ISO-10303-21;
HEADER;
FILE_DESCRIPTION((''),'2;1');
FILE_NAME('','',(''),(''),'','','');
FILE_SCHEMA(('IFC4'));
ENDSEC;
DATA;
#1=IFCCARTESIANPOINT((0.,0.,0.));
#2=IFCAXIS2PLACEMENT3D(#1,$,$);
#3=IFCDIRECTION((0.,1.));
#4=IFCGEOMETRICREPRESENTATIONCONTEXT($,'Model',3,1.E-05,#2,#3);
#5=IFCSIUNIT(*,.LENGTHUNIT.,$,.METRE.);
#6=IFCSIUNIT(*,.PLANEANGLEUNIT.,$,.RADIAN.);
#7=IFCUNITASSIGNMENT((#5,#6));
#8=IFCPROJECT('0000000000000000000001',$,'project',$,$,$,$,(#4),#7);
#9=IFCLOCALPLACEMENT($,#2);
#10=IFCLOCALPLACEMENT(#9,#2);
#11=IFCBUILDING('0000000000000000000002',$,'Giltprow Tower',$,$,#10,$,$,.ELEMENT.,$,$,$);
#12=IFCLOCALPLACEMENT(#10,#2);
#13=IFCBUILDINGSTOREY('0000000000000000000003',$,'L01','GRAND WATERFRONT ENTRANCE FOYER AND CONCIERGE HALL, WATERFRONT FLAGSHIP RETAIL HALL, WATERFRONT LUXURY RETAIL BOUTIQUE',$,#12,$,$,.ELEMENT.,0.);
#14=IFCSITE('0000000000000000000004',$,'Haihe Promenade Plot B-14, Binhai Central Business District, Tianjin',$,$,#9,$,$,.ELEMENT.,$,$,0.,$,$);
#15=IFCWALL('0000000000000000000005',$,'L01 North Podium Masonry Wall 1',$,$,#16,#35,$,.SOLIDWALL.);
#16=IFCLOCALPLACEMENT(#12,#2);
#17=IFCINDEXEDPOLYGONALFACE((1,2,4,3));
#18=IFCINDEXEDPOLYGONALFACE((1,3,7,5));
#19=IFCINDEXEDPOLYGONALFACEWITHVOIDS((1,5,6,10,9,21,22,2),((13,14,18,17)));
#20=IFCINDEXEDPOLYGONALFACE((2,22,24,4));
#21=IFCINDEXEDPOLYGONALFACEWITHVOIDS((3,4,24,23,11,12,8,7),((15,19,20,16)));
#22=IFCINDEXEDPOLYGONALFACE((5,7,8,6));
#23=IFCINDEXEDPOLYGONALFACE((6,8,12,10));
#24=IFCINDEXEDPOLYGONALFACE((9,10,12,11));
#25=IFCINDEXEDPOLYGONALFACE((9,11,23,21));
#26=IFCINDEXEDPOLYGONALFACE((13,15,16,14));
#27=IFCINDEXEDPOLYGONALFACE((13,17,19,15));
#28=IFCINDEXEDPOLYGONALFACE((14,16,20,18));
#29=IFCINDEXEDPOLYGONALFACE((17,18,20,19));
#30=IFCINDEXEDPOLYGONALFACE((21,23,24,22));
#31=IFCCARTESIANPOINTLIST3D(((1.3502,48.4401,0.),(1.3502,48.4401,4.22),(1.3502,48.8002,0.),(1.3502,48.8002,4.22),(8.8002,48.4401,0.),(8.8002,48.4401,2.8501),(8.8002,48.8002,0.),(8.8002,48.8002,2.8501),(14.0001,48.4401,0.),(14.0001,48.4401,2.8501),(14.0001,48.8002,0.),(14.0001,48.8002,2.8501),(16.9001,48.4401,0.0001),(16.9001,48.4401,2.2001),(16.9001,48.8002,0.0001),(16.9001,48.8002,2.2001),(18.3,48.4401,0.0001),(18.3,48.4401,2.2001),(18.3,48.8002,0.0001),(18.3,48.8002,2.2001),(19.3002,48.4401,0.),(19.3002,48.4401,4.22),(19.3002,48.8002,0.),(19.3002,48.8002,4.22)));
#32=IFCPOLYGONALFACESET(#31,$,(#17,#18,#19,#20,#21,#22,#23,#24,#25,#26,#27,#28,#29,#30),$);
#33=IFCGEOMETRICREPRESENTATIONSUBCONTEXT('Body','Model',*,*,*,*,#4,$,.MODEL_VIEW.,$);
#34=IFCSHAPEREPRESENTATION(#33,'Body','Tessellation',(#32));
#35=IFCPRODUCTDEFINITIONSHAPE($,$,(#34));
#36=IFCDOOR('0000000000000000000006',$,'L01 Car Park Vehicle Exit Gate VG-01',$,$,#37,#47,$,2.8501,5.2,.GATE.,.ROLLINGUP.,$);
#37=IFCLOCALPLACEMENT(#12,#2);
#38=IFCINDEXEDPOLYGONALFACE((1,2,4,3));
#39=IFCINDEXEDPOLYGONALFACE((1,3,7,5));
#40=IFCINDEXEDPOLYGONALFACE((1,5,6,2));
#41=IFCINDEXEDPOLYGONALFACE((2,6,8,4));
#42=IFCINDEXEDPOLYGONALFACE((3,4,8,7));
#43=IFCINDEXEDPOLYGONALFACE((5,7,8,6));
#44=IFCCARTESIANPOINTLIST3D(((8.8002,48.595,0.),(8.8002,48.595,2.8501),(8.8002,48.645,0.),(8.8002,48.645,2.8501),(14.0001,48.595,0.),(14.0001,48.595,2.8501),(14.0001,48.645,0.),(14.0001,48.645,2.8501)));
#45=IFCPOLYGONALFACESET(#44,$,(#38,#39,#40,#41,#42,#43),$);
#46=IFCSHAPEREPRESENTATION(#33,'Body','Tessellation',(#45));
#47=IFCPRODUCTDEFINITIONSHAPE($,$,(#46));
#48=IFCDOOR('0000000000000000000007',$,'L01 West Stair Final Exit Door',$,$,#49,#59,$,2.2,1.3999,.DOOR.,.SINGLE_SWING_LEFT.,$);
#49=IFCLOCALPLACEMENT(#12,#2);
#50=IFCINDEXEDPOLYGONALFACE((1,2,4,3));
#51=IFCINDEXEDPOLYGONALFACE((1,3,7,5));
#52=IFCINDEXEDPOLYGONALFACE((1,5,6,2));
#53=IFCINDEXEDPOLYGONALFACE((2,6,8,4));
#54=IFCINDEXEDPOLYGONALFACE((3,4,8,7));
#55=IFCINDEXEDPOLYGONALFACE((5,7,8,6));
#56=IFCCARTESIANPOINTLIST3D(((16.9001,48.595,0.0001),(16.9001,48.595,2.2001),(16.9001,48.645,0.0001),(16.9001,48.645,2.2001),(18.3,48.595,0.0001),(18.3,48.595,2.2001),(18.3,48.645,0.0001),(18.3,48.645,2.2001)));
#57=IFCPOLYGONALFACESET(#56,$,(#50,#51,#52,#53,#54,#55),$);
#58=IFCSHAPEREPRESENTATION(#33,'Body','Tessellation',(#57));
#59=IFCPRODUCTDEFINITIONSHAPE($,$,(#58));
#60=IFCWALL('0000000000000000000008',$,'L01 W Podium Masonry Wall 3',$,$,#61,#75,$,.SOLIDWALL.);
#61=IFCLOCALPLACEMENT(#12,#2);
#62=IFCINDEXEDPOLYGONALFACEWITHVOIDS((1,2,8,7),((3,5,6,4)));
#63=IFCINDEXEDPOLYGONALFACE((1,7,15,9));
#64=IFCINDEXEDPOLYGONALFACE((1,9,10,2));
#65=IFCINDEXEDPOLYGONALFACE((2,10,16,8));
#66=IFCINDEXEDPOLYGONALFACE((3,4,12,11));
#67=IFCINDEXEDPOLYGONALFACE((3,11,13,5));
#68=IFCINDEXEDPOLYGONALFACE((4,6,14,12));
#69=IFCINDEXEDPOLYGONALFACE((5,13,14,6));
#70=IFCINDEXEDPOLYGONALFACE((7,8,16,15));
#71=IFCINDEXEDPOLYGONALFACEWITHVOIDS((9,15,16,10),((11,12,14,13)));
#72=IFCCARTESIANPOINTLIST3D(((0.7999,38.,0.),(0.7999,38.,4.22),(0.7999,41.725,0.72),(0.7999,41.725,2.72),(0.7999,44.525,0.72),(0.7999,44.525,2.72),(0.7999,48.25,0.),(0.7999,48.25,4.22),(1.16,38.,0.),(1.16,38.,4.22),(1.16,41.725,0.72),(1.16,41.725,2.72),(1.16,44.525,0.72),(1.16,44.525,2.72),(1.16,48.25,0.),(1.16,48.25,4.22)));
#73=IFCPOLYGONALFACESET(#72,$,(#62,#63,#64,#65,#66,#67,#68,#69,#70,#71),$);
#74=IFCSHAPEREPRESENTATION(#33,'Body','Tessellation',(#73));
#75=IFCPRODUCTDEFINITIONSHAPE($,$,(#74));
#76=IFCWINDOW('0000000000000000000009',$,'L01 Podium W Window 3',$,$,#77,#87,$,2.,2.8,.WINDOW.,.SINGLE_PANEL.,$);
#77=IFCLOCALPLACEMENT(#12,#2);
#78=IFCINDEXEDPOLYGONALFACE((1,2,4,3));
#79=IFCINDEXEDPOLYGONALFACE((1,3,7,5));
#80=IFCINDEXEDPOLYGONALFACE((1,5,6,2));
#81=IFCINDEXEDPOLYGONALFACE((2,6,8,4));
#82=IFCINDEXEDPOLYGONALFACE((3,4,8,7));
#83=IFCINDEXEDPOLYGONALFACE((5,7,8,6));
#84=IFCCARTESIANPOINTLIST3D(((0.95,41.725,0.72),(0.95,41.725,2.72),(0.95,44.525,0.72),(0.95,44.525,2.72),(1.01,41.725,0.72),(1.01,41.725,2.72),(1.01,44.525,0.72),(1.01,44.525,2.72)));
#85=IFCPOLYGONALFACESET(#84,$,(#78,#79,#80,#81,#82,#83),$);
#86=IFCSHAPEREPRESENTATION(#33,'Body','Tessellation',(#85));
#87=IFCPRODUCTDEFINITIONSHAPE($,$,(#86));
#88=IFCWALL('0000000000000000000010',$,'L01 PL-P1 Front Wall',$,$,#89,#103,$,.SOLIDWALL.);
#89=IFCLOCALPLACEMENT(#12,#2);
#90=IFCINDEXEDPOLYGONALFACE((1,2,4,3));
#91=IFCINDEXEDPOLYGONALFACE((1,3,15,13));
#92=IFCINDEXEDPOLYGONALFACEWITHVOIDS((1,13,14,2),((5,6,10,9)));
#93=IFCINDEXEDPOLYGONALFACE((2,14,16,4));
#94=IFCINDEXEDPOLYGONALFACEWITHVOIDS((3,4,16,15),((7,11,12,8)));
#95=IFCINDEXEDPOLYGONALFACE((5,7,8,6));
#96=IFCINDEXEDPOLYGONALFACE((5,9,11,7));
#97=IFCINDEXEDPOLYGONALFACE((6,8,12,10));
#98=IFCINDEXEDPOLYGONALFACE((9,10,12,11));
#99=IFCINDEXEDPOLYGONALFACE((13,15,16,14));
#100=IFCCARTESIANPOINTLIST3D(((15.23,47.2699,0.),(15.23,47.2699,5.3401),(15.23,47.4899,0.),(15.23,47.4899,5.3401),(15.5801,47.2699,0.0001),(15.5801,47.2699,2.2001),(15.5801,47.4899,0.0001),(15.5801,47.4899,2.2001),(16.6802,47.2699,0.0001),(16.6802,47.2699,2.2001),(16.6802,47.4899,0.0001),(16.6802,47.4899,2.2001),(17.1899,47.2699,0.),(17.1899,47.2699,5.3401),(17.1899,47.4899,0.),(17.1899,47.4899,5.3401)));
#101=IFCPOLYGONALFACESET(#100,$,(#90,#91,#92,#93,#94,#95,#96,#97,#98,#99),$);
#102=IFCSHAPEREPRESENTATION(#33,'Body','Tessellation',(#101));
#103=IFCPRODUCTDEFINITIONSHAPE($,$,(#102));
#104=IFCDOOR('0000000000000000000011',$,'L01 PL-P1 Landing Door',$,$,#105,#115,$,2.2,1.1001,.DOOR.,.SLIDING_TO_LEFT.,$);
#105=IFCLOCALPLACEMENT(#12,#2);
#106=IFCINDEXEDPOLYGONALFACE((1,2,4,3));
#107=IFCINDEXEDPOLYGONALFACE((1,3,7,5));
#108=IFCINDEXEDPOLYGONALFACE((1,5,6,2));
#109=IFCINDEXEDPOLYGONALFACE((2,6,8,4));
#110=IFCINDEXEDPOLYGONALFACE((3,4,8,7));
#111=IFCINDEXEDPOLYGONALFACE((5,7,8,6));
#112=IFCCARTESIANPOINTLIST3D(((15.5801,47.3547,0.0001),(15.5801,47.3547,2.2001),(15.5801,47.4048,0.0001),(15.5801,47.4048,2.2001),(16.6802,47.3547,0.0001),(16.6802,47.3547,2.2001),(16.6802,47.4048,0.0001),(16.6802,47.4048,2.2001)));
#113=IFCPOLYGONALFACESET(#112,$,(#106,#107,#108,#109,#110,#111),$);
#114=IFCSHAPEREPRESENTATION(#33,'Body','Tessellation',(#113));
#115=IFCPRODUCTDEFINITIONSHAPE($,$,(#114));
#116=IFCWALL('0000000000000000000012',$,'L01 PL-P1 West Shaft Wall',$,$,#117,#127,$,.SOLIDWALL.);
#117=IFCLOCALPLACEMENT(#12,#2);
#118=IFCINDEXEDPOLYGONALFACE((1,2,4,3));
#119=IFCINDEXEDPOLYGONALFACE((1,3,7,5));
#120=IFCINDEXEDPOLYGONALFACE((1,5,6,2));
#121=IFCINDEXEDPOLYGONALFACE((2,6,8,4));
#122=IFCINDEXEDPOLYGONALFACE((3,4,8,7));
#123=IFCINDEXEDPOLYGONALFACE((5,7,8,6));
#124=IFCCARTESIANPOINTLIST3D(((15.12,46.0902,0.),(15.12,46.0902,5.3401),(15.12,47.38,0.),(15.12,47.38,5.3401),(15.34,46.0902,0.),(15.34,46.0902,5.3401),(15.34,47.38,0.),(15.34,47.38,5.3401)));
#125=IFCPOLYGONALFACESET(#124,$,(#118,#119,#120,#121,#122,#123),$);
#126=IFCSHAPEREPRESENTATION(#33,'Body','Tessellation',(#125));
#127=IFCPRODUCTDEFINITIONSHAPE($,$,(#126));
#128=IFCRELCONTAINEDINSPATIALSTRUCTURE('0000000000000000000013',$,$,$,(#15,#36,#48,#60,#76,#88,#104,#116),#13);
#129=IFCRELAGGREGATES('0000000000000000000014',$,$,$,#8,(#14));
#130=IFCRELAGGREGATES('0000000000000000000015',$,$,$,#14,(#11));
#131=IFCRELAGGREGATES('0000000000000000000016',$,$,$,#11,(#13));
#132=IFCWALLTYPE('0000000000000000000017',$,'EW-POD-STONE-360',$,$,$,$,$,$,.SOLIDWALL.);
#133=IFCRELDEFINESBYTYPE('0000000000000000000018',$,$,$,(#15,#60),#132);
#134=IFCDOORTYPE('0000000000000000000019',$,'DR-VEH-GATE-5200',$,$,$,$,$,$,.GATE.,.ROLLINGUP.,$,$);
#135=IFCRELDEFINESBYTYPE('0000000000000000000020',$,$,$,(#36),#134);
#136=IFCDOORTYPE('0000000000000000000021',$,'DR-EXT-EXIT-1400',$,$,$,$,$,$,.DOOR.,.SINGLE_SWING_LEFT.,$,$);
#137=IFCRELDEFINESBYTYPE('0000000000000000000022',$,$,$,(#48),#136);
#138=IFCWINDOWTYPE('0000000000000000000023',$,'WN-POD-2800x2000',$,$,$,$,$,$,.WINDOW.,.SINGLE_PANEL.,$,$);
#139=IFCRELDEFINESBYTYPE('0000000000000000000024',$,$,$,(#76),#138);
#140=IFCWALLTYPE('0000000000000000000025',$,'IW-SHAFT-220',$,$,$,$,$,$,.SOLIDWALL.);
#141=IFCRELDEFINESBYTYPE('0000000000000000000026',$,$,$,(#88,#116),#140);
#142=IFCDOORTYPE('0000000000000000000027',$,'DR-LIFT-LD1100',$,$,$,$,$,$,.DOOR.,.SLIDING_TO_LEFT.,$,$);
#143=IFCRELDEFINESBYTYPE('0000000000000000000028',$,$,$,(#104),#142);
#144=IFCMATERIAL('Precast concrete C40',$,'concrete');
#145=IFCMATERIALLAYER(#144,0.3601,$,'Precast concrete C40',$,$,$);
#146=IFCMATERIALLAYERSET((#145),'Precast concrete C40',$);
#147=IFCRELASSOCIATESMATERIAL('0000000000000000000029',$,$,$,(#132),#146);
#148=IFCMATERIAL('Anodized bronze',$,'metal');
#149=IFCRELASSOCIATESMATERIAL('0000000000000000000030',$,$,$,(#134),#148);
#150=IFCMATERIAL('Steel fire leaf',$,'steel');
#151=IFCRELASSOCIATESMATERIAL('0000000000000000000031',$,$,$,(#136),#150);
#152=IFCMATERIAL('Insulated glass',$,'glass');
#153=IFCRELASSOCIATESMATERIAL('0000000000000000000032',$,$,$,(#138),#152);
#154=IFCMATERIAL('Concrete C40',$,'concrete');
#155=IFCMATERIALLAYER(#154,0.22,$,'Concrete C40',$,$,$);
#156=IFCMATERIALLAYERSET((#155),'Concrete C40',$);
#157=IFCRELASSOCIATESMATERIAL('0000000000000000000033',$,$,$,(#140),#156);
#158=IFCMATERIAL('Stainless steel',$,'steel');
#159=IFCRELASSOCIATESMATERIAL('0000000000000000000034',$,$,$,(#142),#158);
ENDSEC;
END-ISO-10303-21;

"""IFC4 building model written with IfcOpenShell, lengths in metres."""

from ifc_helpers import new_model, si_unit, direction, frame, frame_2d, origin, place, context, subcontext, project, spatial, rectangle, extrude, source, transform, mapped, material, layer, layer_set, type_object, element, fill, save


model = new_model("IFC4")

# Units and contexts
model_context = context("Model", 3, precision=1e-05, world=origin(), true_north=direction((0.0, 1.0)))
body_context = subcontext(model_context, "Body", "Model", "MODEL_VIEW")
ifc_project = project(units=[si_unit("LENGTHUNIT", "METRE"), si_unit("PLANEANGLEUNIT", "RADIAN")], contexts=[model_context])

# Site, building, storey
site_placement = place(None, origin())
site = spatial("IfcSite", under=ifc_project, at=site_placement, Name="Haihe Promenade Plot B-14, Binhai Central Business District, Tianjin", CompositionType="ELEMENT", RefElevation=0.0)
building_placement = place(site_placement, origin())
building = spatial("IfcBuilding", under=site, at=building_placement, Name="Giltprow Tower", CompositionType="ELEMENT")
storey_placement = place(building_placement, origin())
storey = spatial("IfcBuildingStorey", under=building, at=storey_placement, Name="L01", Description="GRAND WATERFRONT ENTRANCE FOYER AND CONCIERGE HALL, WATERFRONT FLAGSHIP RETAIL HALL, WATERFRONT LUXURY RETAIL BOUTIQUE", CompositionType="ELEMENT", Elevation=0.0)

# Wall, openings, doors
ifc_material_1 = material(Name="Precast concrete C40", Category="concrete")
ifc_layer_1 = layer(ifc_material_1, 0.3601, Name="Precast concrete C40")
ifc_layer_set_1 = layer_set([ifc_layer_1], Name="Precast concrete C40")
wall_type_1 = type_object("IfcWallType", Name="EW-POD-STONE-360", PredefinedType="SOLIDWALL", material=ifc_layer_set_1)
wall_1_placement = place(storey_placement, frame((1.3501, 48.6201, 0.0), z_axis=(0.0, 0.0, 1.0), x_axis=(1.0, 0.0, 0.0)))
wall_1 = element("IfcWall", 1, at=wall_1_placement, inside=storey, type_object=wall_type_1, Name="L01 North Podium Masonry Wall 1", PredefinedType="SOLIDWALL", context=body_context, shape_type="SweptSolid", body=[
    extrude(rectangle(XDim=17.95, YDim=0.3601, at=frame_2d((8.9751, 0.0))), origin(), (0.0, 0.0, 1.0), 4.22),
])
opening_1_placement = place(wall_1_placement, frame((7.45, 0.0, 0.0)))
opening_1 = element("IfcOpeningElement", 2, at=opening_1_placement, cuts=wall_1, PredefinedType="OPENING", context=body_context, shape_type="SweptSolid", body=[
    extrude(rectangle(XDim=5.2, YDim=2.8501, at=frame_2d((2.6001, 1.425))), frame((0.0, 0.1899, 0.0), z_axis=(0.0, -1.0, 0.0), x_axis=(1.0, 0.0, 0.0)), (0.0, 0.0, 1.0), 0.3801),
])
opening_2_placement = place(wall_1_placement, frame((15.55, 0.0, 0.0)))
opening_2 = element("IfcOpeningElement", 3, at=opening_2_placement, cuts=wall_1, PredefinedType="OPENING", context=body_context, shape_type="SweptSolid", body=[
    extrude(rectangle(XDim=1.3999, YDim=2.2, at=frame_2d((0.7, 1.1001))), frame((0.0, 0.1899, 0.0), z_axis=(0.0, -1.0, 0.0), x_axis=(1.0, 0.0, 0.0)), (0.0, 0.0, 1.0), 0.3801),
])
ifc_material_2 = material(Name="Anodized bronze", Category="metal")
door_type_1 = type_object("IfcDoorType", Name="DR-VEH-GATE-5200", OperationType="ROLLINGUP", PredefinedType="GATE", material=ifc_material_2)
shared_shape_1 = source(origin(), body_context, "Body", "SweptSolid", [
    extrude(rectangle(XDim=5.2, YDim=2.8501, at=frame_2d((2.6001, 1.425))), frame((0.0, 0.0249, 0.0), z_axis=(0.0, -1.0, 0.0), x_axis=(1.0, 0.0, 0.0)), (0.0, 0.0, 1.0), 0.05),
])
door_1_placement = place(opening_1_placement, origin())
door_1 = element("IfcDoor", 4, at=door_1_placement, inside=storey, type_object=door_type_1, Name="L01 Car Park Vehicle Exit Gate VG-01", OperationType="ROLLINGUP", OverallHeight=2.8501, OverallWidth=5.2, PredefinedType="GATE", context=body_context, shape_type="MappedRepresentation", body=[
    mapped(shared_shape_1, transform((0.0, 0.0, 0.0), x_axis=(1.0, 0.0, 0.0), y_axis=(0.0, 1.0, 0.0), z_axis=(0.0, 0.0, 1.0), scale=1.0)),
])
fill(opening_1, door_1)
ifc_material_3 = material(Name="Steel fire leaf", Category="steel")
door_type_2 = type_object("IfcDoorType", Name="DR-EXT-EXIT-1400", OperationType="SINGLE_SWING_LEFT", PredefinedType="DOOR", material=ifc_material_3)
shared_shape_2 = source(origin(), body_context, "Body", "SweptSolid", [
    extrude(rectangle(XDim=1.3999, YDim=2.2, at=frame_2d((0.7, 1.1001))), frame((0.0, 0.0249, 0.0), z_axis=(0.0, -1.0, 0.0), x_axis=(1.0, 0.0, 0.0)), (0.0, 0.0, 1.0), 0.05),
])
door_2_placement = place(opening_2_placement, origin())
door_2 = element("IfcDoor", 5, at=door_2_placement, inside=storey, type_object=door_type_2, Name="L01 West Stair Final Exit Door", OperationType="SINGLE_SWING_LEFT", OverallHeight=2.2, OverallWidth=1.3999, PredefinedType="DOOR", context=body_context, shape_type="MappedRepresentation", body=[
    mapped(shared_shape_2, transform((0.0, 0.0, 0.0), x_axis=(1.0, 0.0, 0.0), y_axis=(0.0, 1.0, 0.0), z_axis=(0.0, 0.0, 1.0), scale=1.0)),
])
fill(opening_2, door_2)

# Wall, opening, window
wall_2_placement = place(storey_placement, frame((0.98, 38.0, 0.0), z_axis=(0.0, 0.0, 1.0), x_axis=(0.0, 1.0, 0.0)))
wall_2 = element("IfcWall", 6, at=wall_2_placement, inside=storey, type_object=wall_type_1, Name="L01 W Podium Masonry Wall 3", PredefinedType="SOLIDWALL", context=body_context, shape_type="SweptSolid", body=[
    extrude(rectangle(XDim=10.25, YDim=0.3601, at=frame_2d((5.125, 0.0))), origin(), (0.0, 0.0, 1.0), 4.22),
])
opening_3_placement = place(wall_2_placement, frame((3.7251, 0.0, 0.72)))
opening_3 = element("IfcOpeningElement", 7, at=opening_3_placement, cuts=wall_2, PredefinedType="OPENING", context=body_context, shape_type="SweptSolid", body=[
    extrude(rectangle(XDim=2.8, YDim=2.0, at=frame_2d((1.3999, 1.0))), frame((0.0, 0.1899, 0.0), z_axis=(0.0, -1.0, 0.0), x_axis=(1.0, 0.0, 0.0)), (0.0, 0.0, 1.0), 0.3801),
])
ifc_material_4 = material(Name="Insulated glass", Category="glass")
window_type = type_object("IfcWindowType", Name="WN-POD-2800x2000", PartitioningType="SINGLE_PANEL", PredefinedType="WINDOW", material=ifc_material_4)
shared_shape_3 = source(origin(), body_context, "Body", "SweptSolid", [
    extrude(rectangle(XDim=2.8, YDim=2.0, at=frame_2d((1.3999, 1.0))), frame((0.0, 0.03, 0.0), z_axis=(0.0, -1.0, 0.0), x_axis=(1.0, 0.0, 0.0)), (0.0, 0.0, 1.0), 0.0601),
])
window_placement = place(opening_3_placement, origin())
window = element("IfcWindow", 8, at=window_placement, inside=storey, type_object=window_type, Name="L01 Podium W Window 3", OverallHeight=2.0, OverallWidth=2.8, PartitioningType="SINGLE_PANEL", PredefinedType="WINDOW", context=body_context, shape_type="MappedRepresentation", body=[
    mapped(shared_shape_3, transform((0.0, 0.0, 0.0), x_axis=(1.0, 0.0, 0.0), y_axis=(0.0, 1.0, 0.0), z_axis=(0.0, 0.0, 1.0), scale=1.0)),
])
fill(opening_3, window)

# Wall, opening, door
ifc_material_5 = material(Name="Concrete C40", Category="concrete")
ifc_layer_2 = layer(ifc_material_5, 0.22, Name="Concrete C40")
ifc_layer_set_2 = layer_set([ifc_layer_2], Name="Concrete C40")
wall_type_2 = type_object("IfcWallType", Name="IW-SHAFT-220", PredefinedType="SOLIDWALL", material=ifc_layer_set_2)
wall_3_placement = place(storey_placement, frame((15.23, 47.3799, 0.0), z_axis=(0.0, 0.0, 1.0), x_axis=(1.0, 0.0, 0.0)))
wall_3 = element("IfcWall", 9, at=wall_3_placement, inside=storey, type_object=wall_type_2, Name="L01 PL-P1 Front Wall", PredefinedType="SOLIDWALL", context=body_context, shape_type="SweptSolid", body=[
    extrude(rectangle(XDim=1.96, YDim=0.22, at=frame_2d((0.98, 0.0))), origin(), (0.0, 0.0, 1.0), 5.3401),
])
opening_4_placement = place(wall_3_placement, frame((0.3501, 0.0, 0.0)))
opening_4 = element("IfcOpeningElement", 10, at=opening_4_placement, cuts=wall_3, PredefinedType="OPENING", context=body_context, shape_type="SweptSolid", body=[
    extrude(rectangle(XDim=1.1001, YDim=2.2, at=frame_2d((0.55, 1.1001))), frame((0.0, 0.1199, 0.0), z_axis=(0.0, -1.0, 0.0), x_axis=(1.0, 0.0, 0.0)), (0.0, 0.0, 1.0), 0.24),
])
ifc_material_6 = material(Name="Stainless steel", Category="steel")
door_type_3 = type_object("IfcDoorType", Name="DR-LIFT-LD1100", OperationType="SLIDING_TO_LEFT", PredefinedType="DOOR", material=ifc_material_6)
shared_shape_4 = source(origin(), body_context, "Body", "SweptSolid", [
    extrude(rectangle(XDim=1.1001, YDim=2.2, at=frame_2d((0.55, 1.1001))), frame((0.0, 0.0249, 0.0), z_axis=(0.0, -1.0, 0.0), x_axis=(1.0, 0.0, 0.0)), (0.0, 0.0, 1.0), 0.05),
])
door_3_placement = place(opening_4_placement, origin())
door_3 = element("IfcDoor", 11, at=door_3_placement, inside=storey, type_object=door_type_3, Name="L01 PL-P1 Landing Door", OperationType="SLIDING_TO_LEFT", OverallHeight=2.2, OverallWidth=1.1001, PredefinedType="DOOR", context=body_context, shape_type="MappedRepresentation", body=[
    mapped(shared_shape_4, transform((0.0, 0.0, 0.0), x_axis=(1.0, 0.0, 0.0), y_axis=(0.0, 1.0, 0.0), z_axis=(0.0, 0.0, 1.0), scale=1.0)),
])
fill(opening_4, door_3)

# Wall
wall_4_placement = place(storey_placement, frame((15.23, 46.0901, 0.0), z_axis=(0.0, 0.0, 1.0), x_axis=(0.0, 1.0, 0.0)))
element("IfcWall", 12, at=wall_4_placement, inside=storey, type_object=wall_type_2, Name="L01 PL-P1 West Shaft Wall", PredefinedType="SOLIDWALL", context=body_context, shape_type="SweptSolid", body=[
    extrude(rectangle(XDim=1.2898, YDim=0.22, at=frame_2d((0.645, 0.0))), origin(), (0.0, 0.0, 1.0), 5.3401),
])

save(model, "model.ifc")
